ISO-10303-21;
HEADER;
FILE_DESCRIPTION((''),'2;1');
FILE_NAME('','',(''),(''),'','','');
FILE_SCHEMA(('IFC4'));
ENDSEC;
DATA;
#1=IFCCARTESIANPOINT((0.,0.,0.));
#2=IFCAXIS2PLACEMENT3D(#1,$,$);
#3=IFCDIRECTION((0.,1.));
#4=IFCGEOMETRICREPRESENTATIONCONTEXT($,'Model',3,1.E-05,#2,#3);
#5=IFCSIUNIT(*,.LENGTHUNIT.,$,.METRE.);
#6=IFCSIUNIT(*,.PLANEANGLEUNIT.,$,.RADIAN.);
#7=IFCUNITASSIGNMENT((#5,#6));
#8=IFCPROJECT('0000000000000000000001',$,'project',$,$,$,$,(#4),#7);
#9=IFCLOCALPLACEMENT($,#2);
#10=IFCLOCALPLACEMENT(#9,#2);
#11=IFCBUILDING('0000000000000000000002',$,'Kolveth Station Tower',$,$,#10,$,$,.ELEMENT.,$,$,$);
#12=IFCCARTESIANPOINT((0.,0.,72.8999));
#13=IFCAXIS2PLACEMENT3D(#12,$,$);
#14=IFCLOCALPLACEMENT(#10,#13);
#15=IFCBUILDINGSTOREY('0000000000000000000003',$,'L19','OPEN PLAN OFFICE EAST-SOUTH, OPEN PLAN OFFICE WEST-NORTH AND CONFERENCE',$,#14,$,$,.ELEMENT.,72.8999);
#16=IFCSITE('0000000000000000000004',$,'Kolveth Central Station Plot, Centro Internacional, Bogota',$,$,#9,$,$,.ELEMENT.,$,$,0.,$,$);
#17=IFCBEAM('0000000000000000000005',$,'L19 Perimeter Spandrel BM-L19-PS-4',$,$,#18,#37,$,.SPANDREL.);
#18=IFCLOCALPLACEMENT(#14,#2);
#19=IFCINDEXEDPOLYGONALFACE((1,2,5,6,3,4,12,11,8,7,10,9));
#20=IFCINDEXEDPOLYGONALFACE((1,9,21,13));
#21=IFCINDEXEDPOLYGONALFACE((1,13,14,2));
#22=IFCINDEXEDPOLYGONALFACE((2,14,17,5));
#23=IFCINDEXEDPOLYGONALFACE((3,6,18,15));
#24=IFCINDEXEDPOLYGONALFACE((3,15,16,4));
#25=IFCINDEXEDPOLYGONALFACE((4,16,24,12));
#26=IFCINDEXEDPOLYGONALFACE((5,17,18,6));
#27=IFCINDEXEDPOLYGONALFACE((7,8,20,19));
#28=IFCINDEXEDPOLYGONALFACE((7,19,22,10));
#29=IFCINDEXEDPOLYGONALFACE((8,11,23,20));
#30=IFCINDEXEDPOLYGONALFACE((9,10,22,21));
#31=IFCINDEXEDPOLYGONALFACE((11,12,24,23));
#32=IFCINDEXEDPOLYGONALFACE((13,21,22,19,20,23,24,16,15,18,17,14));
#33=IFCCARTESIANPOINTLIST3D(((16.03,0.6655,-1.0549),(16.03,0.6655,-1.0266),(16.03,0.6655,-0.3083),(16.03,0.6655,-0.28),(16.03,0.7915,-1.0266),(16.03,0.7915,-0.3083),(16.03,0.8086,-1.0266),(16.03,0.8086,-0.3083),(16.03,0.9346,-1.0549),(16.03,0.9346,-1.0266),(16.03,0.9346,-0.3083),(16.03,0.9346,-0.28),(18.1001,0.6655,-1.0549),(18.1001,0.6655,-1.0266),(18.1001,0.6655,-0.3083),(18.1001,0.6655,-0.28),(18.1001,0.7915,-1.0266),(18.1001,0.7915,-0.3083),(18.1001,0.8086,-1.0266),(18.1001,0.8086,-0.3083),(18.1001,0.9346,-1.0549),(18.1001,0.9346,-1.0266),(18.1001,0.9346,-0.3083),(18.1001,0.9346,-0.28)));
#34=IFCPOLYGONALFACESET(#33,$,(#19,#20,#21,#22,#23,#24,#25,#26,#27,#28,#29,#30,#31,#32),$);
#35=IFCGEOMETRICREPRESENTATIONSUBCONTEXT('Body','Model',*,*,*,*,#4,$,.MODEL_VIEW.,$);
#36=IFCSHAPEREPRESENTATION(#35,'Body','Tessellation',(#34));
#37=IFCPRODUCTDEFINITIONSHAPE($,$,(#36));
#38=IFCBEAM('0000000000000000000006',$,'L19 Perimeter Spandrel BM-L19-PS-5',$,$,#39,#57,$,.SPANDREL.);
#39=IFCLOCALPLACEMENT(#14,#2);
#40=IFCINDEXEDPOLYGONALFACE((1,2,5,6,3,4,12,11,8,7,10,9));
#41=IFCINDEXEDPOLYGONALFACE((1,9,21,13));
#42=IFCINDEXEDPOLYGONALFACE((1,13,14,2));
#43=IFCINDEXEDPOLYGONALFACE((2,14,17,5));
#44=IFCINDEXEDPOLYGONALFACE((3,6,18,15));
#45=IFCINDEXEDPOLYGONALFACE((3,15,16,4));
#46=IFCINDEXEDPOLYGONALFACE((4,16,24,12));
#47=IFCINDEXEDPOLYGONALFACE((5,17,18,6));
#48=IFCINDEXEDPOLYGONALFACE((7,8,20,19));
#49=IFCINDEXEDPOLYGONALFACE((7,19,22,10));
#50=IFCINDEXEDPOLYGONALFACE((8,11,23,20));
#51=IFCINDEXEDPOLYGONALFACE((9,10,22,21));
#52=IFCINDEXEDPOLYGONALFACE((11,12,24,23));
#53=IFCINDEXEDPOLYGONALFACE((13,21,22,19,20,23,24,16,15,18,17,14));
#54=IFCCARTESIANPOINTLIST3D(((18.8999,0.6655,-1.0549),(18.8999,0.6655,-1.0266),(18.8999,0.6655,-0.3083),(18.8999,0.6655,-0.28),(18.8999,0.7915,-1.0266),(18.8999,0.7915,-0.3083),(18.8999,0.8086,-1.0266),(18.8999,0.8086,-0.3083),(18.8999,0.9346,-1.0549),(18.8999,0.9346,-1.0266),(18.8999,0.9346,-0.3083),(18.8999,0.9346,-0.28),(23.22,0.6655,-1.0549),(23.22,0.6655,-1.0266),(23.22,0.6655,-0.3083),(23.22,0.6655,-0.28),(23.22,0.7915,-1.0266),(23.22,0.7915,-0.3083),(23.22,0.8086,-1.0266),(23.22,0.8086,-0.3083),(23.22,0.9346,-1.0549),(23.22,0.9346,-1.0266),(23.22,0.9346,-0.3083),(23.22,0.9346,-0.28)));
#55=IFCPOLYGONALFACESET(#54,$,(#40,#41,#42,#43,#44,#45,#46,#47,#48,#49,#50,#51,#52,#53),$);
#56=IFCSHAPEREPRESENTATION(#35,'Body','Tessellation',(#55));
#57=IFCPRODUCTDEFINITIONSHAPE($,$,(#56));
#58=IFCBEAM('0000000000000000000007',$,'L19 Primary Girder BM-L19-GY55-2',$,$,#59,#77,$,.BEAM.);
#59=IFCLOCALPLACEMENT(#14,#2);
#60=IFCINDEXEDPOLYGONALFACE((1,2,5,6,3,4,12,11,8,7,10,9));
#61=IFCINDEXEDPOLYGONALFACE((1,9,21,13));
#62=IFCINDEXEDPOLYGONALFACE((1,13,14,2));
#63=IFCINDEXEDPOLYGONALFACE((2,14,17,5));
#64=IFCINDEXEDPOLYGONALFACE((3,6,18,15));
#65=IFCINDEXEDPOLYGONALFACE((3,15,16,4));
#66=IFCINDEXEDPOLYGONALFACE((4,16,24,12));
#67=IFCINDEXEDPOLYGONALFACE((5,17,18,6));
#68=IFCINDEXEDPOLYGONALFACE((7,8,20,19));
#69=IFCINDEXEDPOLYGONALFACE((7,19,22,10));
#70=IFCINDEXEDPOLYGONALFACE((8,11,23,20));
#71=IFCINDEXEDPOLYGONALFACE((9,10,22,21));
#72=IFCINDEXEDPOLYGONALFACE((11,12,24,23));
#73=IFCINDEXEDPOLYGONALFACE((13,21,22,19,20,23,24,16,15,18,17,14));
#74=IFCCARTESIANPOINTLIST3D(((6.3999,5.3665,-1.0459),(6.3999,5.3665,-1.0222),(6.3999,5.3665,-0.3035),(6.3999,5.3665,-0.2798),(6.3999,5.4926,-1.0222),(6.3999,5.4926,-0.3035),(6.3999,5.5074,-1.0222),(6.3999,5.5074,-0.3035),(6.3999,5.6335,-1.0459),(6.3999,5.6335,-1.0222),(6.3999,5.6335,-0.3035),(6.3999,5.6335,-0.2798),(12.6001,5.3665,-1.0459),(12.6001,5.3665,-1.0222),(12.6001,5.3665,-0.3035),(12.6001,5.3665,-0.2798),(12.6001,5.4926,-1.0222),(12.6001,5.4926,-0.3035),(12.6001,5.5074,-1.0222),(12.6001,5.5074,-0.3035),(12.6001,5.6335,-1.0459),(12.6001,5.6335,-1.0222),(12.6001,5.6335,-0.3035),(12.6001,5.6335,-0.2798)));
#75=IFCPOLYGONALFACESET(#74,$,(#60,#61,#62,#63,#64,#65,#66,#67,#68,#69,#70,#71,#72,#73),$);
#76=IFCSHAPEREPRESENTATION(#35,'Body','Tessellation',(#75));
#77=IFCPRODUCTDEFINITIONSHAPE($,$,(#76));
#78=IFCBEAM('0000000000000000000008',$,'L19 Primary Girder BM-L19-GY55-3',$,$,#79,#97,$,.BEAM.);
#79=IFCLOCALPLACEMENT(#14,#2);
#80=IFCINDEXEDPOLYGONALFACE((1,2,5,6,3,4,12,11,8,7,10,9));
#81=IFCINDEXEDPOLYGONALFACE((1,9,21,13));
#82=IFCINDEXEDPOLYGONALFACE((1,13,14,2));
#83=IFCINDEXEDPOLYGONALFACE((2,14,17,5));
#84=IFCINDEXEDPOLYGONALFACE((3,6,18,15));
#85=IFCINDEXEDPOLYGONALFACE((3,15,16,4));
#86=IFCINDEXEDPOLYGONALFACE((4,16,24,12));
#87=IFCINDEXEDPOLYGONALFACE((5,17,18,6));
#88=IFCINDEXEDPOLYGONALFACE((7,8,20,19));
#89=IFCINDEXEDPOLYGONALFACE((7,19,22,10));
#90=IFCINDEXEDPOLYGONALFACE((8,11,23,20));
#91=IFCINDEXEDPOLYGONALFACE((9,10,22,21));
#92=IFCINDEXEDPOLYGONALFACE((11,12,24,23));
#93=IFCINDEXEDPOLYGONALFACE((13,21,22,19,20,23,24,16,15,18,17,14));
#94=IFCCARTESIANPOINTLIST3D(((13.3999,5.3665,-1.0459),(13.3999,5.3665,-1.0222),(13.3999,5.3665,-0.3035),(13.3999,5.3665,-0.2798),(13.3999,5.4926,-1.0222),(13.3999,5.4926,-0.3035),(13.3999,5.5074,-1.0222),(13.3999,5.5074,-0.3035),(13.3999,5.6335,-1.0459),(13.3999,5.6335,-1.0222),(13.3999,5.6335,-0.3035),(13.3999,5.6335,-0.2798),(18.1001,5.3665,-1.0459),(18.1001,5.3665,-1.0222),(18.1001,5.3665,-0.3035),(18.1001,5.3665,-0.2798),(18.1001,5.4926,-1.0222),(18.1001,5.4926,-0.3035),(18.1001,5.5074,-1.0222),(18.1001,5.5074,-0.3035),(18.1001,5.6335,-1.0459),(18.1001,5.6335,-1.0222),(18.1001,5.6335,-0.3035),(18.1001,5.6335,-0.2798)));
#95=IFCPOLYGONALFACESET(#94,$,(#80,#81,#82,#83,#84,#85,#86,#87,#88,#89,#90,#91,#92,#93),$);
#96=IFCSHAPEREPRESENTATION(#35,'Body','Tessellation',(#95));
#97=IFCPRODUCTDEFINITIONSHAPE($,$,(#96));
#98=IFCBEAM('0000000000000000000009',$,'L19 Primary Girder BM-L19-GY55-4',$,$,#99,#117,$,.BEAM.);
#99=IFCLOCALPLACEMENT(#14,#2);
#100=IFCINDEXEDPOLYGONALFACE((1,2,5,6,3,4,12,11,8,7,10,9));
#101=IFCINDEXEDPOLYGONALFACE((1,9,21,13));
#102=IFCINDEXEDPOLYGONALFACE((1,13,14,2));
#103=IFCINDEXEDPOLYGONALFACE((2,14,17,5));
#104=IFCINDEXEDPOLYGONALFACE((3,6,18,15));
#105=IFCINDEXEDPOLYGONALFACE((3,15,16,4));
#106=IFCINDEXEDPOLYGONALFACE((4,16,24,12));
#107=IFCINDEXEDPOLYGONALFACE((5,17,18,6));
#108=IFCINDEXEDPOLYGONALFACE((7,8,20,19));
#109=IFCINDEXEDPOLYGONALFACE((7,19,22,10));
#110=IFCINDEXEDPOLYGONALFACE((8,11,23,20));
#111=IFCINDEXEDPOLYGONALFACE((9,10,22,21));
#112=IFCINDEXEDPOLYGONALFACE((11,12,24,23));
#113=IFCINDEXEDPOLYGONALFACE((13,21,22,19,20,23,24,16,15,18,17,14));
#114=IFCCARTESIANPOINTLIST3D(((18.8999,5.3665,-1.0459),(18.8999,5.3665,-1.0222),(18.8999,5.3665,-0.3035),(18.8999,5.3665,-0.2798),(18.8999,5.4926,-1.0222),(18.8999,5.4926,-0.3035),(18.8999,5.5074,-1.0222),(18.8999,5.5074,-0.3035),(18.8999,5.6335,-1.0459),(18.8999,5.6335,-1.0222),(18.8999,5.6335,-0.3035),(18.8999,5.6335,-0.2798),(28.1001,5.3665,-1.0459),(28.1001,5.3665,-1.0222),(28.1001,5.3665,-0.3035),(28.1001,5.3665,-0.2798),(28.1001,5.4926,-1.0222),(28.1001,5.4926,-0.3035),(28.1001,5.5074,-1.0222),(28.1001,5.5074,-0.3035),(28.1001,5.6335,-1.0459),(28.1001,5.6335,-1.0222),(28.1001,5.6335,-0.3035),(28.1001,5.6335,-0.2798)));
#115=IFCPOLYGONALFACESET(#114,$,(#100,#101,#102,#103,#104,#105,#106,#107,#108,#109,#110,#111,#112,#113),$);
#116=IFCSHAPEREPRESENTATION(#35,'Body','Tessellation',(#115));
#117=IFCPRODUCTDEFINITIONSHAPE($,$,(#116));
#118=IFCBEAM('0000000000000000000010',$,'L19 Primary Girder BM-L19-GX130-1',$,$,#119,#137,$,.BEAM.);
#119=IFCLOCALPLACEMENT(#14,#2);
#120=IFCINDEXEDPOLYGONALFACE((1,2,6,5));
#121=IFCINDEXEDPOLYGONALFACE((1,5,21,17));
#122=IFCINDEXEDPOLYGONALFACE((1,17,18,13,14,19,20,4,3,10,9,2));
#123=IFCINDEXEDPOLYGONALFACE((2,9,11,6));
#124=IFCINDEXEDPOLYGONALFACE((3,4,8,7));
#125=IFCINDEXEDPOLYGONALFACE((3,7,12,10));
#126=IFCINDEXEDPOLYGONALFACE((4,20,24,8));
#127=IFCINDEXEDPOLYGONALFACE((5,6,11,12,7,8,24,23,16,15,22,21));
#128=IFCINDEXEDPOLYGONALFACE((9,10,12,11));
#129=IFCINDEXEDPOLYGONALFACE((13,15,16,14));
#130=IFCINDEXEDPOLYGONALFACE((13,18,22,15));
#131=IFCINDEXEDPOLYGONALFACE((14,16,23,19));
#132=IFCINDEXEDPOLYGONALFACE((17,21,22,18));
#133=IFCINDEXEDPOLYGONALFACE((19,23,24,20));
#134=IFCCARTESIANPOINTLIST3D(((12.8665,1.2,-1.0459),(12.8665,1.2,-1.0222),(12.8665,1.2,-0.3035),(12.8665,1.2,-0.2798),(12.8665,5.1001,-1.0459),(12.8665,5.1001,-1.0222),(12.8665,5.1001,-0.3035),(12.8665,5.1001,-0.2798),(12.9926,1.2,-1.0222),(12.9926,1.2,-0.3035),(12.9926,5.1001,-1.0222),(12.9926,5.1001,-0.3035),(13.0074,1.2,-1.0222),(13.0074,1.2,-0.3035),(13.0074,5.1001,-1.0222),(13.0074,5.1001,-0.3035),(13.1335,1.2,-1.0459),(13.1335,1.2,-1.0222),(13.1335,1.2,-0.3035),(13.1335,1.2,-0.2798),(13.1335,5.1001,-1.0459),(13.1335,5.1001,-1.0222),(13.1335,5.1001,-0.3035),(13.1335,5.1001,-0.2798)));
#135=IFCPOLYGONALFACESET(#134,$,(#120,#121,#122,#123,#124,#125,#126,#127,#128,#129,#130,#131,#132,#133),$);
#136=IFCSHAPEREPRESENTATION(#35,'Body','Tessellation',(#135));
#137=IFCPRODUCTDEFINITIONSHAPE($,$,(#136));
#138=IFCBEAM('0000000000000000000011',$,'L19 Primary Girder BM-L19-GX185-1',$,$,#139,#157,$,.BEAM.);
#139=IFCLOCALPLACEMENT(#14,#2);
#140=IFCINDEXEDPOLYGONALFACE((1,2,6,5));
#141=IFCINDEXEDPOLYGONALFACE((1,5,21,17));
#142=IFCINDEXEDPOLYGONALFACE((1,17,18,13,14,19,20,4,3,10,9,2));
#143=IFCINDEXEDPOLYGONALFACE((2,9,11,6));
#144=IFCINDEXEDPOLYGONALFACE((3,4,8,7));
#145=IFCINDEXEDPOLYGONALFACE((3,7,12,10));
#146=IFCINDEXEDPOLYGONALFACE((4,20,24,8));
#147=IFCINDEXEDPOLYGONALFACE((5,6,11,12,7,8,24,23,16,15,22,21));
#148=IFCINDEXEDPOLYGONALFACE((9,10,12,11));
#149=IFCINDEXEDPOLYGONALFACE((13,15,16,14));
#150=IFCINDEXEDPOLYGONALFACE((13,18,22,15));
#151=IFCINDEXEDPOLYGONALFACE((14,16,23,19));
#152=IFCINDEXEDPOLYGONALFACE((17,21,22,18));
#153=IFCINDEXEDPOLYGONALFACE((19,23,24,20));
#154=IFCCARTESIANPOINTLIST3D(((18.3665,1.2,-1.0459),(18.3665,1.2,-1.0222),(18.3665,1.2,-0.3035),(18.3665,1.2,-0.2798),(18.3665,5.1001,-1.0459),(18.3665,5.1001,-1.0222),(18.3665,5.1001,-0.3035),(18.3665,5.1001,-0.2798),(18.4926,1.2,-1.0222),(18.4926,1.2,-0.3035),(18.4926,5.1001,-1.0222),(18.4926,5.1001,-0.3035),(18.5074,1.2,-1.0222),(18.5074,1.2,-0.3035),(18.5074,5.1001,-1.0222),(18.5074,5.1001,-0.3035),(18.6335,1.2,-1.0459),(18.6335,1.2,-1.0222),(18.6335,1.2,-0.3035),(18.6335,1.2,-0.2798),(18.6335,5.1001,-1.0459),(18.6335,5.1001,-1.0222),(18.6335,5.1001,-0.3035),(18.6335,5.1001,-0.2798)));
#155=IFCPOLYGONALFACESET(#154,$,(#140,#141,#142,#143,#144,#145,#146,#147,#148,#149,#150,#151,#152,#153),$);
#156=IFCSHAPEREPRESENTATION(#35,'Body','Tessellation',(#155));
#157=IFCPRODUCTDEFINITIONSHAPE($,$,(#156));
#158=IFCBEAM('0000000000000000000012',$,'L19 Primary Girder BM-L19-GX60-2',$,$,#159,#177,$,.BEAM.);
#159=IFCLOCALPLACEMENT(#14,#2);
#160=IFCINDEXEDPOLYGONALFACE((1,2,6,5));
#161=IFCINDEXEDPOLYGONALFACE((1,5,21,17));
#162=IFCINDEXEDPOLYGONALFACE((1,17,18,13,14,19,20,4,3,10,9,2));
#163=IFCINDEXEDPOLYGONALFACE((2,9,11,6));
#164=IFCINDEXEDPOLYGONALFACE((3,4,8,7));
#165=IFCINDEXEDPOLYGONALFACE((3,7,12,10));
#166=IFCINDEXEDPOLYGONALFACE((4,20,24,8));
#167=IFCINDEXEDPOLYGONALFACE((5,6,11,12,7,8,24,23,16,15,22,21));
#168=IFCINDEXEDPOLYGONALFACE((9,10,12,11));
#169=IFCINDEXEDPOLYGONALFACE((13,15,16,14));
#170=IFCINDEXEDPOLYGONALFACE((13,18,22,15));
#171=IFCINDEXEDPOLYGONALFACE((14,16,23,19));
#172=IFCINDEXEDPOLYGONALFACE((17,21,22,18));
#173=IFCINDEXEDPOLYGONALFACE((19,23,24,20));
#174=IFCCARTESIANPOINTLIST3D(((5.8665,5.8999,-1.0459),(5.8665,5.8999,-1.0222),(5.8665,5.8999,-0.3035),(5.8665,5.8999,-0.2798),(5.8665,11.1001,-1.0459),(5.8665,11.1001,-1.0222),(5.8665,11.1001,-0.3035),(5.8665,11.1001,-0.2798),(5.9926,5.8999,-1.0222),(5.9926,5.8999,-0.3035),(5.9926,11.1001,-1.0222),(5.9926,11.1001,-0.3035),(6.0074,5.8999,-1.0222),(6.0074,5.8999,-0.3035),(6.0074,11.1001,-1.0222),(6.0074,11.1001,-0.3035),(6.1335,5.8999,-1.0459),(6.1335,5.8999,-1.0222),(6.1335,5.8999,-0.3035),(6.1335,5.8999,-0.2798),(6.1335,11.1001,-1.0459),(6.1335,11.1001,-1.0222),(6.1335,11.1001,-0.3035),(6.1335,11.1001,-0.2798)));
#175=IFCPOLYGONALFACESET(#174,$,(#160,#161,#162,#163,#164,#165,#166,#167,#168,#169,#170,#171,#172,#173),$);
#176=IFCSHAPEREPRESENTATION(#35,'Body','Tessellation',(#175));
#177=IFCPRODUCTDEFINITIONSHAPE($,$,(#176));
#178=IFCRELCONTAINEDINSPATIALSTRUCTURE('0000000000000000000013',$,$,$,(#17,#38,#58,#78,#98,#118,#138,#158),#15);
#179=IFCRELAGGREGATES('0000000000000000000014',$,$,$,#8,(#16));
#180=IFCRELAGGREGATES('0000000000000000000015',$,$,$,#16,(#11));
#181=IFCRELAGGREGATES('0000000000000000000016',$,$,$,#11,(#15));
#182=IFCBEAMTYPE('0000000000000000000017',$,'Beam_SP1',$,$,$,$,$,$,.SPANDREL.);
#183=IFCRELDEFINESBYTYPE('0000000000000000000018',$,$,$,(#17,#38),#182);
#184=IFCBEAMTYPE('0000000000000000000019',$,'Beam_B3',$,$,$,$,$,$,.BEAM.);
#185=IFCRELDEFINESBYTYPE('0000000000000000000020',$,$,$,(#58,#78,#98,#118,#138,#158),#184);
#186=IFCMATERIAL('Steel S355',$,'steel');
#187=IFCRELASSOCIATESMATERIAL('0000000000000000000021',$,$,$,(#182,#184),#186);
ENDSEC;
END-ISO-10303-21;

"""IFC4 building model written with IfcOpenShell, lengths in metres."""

from ifc_helpers import new_model, si_unit, direction, frame, origin, origin_2d, place, context, subcontext, project, spatial, i_section, extrude, source, transform, mapped, material, material_profile, profile_set, type_object, element, save


model = new_model("IFC4")

# Units and contexts
model_context = context("Model", 3, precision=1e-05, world=origin(), true_north=direction((0.0, 1.0)))
body_context = subcontext(model_context, "Body", "Model", "MODEL_VIEW")
ifc_project = project(units=[si_unit("LENGTHUNIT", "METRE"), si_unit("PLANEANGLEUNIT", "RADIAN")], contexts=[model_context])

# Site, building, storey
site_placement = place(None, origin())
site = spatial("IfcSite", under=ifc_project, at=site_placement, Name="Kolveth Central Station Plot, Centro Internacional, Bogota", CompositionType="ELEMENT", RefElevation=0.0)
building_placement = place(site_placement, origin())
building = spatial("IfcBuilding", under=site, at=building_placement, Name="Kolveth Station Tower", CompositionType="ELEMENT")
storey_placement = place(building_placement, frame((0.0, 0.0, 72.8999)))
storey = spatial("IfcBuildingStorey", under=building, at=storey_placement, Name="L19", Description="OPEN PLAN OFFICE EAST-SOUTH, OPEN PLAN OFFICE WEST-NORTH AND CONFERENCE", CompositionType="ELEMENT", Elevation=72.8999)

# Shared definitions
ifc_material_1 = material(Name="Steel S355", Category="steel")

# Beams
ifc_material_profile_1 = material_profile(ifc_material_1, i_section(OverallWidth=0.269, OverallDepth=0.7749, WebThickness=0.0171, FlangeThickness=0.0283, at=origin_2d()), Name="W760x220")
ifc_profile_set_1 = profile_set([ifc_material_profile_1], Name="Steel S355")
beam_type_1 = type_object("IfcBeamType", Name="Beam_SP1", PredefinedType="SPANDREL", material=ifc_profile_set_1)
shared_shape_1 = source(origin(), body_context, "Body", "SweptSolid", [
    extrude(i_section(OverallWidth=0.269, OverallDepth=0.7749, WebThickness=0.0171, FlangeThickness=0.0283, at=origin_2d()), origin(), (0.0, 0.0, 1.0), 2.0701),
])
for number, where, z_axis, x_axis, name in (
    (1, (16.03, 0.8, -0.6675), (1.0, 0.0, 0.0), (0.0, 1.0, 0.0), "L19 Perimeter Spandrel BM-L19-PS-4"),
):
    element("IfcBeam", number, at=place(storey_placement, frame(where, z_axis=z_axis, x_axis=x_axis)), inside=storey, type_object=beam_type_1, Name=name, PredefinedType="SPANDREL", context=body_context, shape_type="MappedRepresentation", body=[
        mapped(shared_shape_1, transform((0.0, 0.0, 0.0), x_axis=(1.0, 0.0, 0.0), y_axis=(0.0, 1.0, 0.0), z_axis=(0.0, 0.0, 1.0), scale=1.0)),
    ])
shared_shape_2 = source(origin(), body_context, "Body", "SweptSolid", [
    extrude(i_section(OverallWidth=0.269, OverallDepth=0.7749, WebThickness=0.0171, FlangeThickness=0.0283, at=origin_2d()), origin(), (0.0, 0.0, 1.0), 4.3201),
])
beam_1_placement = place(storey_placement, frame((18.8999, 0.8, -0.6675), z_axis=(1.0, 0.0, 0.0), x_axis=(0.0, 1.0, 0.0)))
element("IfcBeam", 2, at=beam_1_placement, inside=storey, type_object=beam_type_1, Name="L19 Perimeter Spandrel BM-L19-PS-5", PredefinedType="SPANDREL", context=body_context, shape_type="MappedRepresentation", body=[
    mapped(shared_shape_2, transform((0.0, 0.0, 0.0), x_axis=(1.0, 0.0, 0.0), y_axis=(0.0, 1.0, 0.0), z_axis=(0.0, 0.0, 1.0), scale=1.0)),
])
ifc_material_profile_2 = material_profile(ifc_material_1, i_section(OverallWidth=0.2671, OverallDepth=0.7661, WebThickness=0.0149, FlangeThickness=0.0237, at=origin_2d()), Name="W760x185")
ifc_profile_set_2 = profile_set([ifc_material_profile_2], Name="Steel S355")
beam_type_2 = type_object("IfcBeamType", Name="Beam_B3", PredefinedType="BEAM", material=ifc_profile_set_2)
shared_shape_3 = source(origin(), body_context, "Body", "SweptSolid", [
    extrude(i_section(OverallWidth=0.2671, OverallDepth=0.7661, WebThickness=0.0149, FlangeThickness=0.0237, at=origin_2d()), origin(), (0.0, 0.0, 1.0), 6.2002),
])
beam_2_placement = place(storey_placement, frame((6.3999, 5.5, -0.6628), z_axis=(1.0, 0.0, 0.0), x_axis=(0.0, 1.0, 0.0)))
element("IfcBeam", 3, at=beam_2_placement, inside=storey, type_object=beam_type_2, Name="L19 Primary Girder BM-L19-GY55-2", PredefinedType="BEAM", context=body_context, shape_type="MappedRepresentation", body=[
    mapped(shared_shape_3, transform((0.0, 0.0, 0.0), x_axis=(1.0, 0.0, 0.0), y_axis=(0.0, 1.0, 0.0), z_axis=(0.0, 0.0, 1.0), scale=1.0)),
])
shared_shape_4 = source(origin(), body_context, "Body", "SweptSolid", [
    extrude(i_section(OverallWidth=0.2671, OverallDepth=0.7661, WebThickness=0.0149, FlangeThickness=0.0237, at=origin_2d()), origin(), (0.0, 0.0, 1.0), 4.7002),
])
beam_3_placement = place(storey_placement, frame((13.3999, 5.5, -0.6628), z_axis=(1.0, 0.0, 0.0), x_axis=(0.0, 1.0, 0.0)))
element("IfcBeam", 4, at=beam_3_placement, inside=storey, type_object=beam_type_2, Name="L19 Primary Girder BM-L19-GY55-3", PredefinedType="BEAM", context=body_context, shape_type="MappedRepresentation", body=[
    mapped(shared_shape_4, transform((0.0, 0.0, 0.0), x_axis=(1.0, 0.0, 0.0), y_axis=(0.0, 1.0, 0.0), z_axis=(0.0, 0.0, 1.0), scale=1.0)),
])
shared_shape_5 = source(origin(), body_context, "Body", "SweptSolid", [
    extrude(i_section(OverallWidth=0.2671, OverallDepth=0.7661, WebThickness=0.0149, FlangeThickness=0.0237, at=origin_2d()), origin(), (0.0, 0.0, 1.0), 9.2002),
])
beam_4_placement = place(storey_placement, frame((18.8999, 5.5, -0.6628), z_axis=(1.0, 0.0, 0.0), x_axis=(0.0, 1.0, 0.0)))
element("IfcBeam", 5, at=beam_4_placement, inside=storey, type_object=beam_type_2, Name="L19 Primary Girder BM-L19-GY55-4", PredefinedType="BEAM", context=body_context, shape_type="MappedRepresentation", body=[
    mapped(shared_shape_5, transform((0.0, 0.0, 0.0), x_axis=(1.0, 0.0, 0.0), y_axis=(0.0, 1.0, 0.0), z_axis=(0.0, 0.0, 1.0), scale=1.0)),
])
shared_shape_6 = source(origin(), body_context, "Body", "SweptSolid", [
    extrude(i_section(OverallWidth=0.2671, OverallDepth=0.7661, WebThickness=0.0149, FlangeThickness=0.0237, at=origin_2d()), origin(), (0.0, 0.0, 1.0), 3.9001),
])
for number, where, z_axis, x_axis, name in (
    (6, (13.0, 1.2, -0.6628), (0.0, 1.0, 0.0), (-1.0, 0.0, 0.0), "L19 Primary Girder BM-L19-GX130-1"),
    (7, (18.5, 1.2, -0.6628), (0.0, 1.0, 0.0), (-1.0, 0.0, 0.0), "L19 Primary Girder BM-L19-GX185-1"),
):
    element("IfcBeam", number, at=place(storey_placement, frame(where, z_axis=z_axis, x_axis=x_axis)), inside=storey, type_object=beam_type_2, Name=name, PredefinedType="BEAM", context=body_context, shape_type="MappedRepresentation", body=[
        mapped(shared_shape_6, transform((0.0, 0.0, 0.0), x_axis=(1.0, 0.0, 0.0), y_axis=(0.0, 1.0, 0.0), z_axis=(0.0, 0.0, 1.0), scale=1.0)),
    ])
shared_shape_7 = source(origin(), body_context, "Body", "SweptSolid", [
    extrude(i_section(OverallWidth=0.2671, OverallDepth=0.7661, WebThickness=0.0149, FlangeThickness=0.0237, at=origin_2d()), origin(), (0.0, 0.0, 1.0), 5.2002),
])
for number, where, z_axis, x_axis, name in (
    (8, (6.0, 5.8999, -0.6628), (0.0, 1.0, 0.0), (-1.0, 0.0, 0.0), "L19 Primary Girder BM-L19-GX60-2"),
):
    element("IfcBeam", number, at=place(storey_placement, frame(where, z_axis=z_axis, x_axis=x_axis)), inside=storey, type_object=beam_type_2, Name=name, PredefinedType="BEAM", context=body_context, shape_type="MappedRepresentation", body=[
        mapped(shared_shape_7, transform((0.0, 0.0, 0.0), x_axis=(1.0, 0.0, 0.0), y_axis=(0.0, 1.0, 0.0), z_axis=(0.0, 0.0, 1.0), scale=1.0)),
    ])

save(model, "model.ifc")
